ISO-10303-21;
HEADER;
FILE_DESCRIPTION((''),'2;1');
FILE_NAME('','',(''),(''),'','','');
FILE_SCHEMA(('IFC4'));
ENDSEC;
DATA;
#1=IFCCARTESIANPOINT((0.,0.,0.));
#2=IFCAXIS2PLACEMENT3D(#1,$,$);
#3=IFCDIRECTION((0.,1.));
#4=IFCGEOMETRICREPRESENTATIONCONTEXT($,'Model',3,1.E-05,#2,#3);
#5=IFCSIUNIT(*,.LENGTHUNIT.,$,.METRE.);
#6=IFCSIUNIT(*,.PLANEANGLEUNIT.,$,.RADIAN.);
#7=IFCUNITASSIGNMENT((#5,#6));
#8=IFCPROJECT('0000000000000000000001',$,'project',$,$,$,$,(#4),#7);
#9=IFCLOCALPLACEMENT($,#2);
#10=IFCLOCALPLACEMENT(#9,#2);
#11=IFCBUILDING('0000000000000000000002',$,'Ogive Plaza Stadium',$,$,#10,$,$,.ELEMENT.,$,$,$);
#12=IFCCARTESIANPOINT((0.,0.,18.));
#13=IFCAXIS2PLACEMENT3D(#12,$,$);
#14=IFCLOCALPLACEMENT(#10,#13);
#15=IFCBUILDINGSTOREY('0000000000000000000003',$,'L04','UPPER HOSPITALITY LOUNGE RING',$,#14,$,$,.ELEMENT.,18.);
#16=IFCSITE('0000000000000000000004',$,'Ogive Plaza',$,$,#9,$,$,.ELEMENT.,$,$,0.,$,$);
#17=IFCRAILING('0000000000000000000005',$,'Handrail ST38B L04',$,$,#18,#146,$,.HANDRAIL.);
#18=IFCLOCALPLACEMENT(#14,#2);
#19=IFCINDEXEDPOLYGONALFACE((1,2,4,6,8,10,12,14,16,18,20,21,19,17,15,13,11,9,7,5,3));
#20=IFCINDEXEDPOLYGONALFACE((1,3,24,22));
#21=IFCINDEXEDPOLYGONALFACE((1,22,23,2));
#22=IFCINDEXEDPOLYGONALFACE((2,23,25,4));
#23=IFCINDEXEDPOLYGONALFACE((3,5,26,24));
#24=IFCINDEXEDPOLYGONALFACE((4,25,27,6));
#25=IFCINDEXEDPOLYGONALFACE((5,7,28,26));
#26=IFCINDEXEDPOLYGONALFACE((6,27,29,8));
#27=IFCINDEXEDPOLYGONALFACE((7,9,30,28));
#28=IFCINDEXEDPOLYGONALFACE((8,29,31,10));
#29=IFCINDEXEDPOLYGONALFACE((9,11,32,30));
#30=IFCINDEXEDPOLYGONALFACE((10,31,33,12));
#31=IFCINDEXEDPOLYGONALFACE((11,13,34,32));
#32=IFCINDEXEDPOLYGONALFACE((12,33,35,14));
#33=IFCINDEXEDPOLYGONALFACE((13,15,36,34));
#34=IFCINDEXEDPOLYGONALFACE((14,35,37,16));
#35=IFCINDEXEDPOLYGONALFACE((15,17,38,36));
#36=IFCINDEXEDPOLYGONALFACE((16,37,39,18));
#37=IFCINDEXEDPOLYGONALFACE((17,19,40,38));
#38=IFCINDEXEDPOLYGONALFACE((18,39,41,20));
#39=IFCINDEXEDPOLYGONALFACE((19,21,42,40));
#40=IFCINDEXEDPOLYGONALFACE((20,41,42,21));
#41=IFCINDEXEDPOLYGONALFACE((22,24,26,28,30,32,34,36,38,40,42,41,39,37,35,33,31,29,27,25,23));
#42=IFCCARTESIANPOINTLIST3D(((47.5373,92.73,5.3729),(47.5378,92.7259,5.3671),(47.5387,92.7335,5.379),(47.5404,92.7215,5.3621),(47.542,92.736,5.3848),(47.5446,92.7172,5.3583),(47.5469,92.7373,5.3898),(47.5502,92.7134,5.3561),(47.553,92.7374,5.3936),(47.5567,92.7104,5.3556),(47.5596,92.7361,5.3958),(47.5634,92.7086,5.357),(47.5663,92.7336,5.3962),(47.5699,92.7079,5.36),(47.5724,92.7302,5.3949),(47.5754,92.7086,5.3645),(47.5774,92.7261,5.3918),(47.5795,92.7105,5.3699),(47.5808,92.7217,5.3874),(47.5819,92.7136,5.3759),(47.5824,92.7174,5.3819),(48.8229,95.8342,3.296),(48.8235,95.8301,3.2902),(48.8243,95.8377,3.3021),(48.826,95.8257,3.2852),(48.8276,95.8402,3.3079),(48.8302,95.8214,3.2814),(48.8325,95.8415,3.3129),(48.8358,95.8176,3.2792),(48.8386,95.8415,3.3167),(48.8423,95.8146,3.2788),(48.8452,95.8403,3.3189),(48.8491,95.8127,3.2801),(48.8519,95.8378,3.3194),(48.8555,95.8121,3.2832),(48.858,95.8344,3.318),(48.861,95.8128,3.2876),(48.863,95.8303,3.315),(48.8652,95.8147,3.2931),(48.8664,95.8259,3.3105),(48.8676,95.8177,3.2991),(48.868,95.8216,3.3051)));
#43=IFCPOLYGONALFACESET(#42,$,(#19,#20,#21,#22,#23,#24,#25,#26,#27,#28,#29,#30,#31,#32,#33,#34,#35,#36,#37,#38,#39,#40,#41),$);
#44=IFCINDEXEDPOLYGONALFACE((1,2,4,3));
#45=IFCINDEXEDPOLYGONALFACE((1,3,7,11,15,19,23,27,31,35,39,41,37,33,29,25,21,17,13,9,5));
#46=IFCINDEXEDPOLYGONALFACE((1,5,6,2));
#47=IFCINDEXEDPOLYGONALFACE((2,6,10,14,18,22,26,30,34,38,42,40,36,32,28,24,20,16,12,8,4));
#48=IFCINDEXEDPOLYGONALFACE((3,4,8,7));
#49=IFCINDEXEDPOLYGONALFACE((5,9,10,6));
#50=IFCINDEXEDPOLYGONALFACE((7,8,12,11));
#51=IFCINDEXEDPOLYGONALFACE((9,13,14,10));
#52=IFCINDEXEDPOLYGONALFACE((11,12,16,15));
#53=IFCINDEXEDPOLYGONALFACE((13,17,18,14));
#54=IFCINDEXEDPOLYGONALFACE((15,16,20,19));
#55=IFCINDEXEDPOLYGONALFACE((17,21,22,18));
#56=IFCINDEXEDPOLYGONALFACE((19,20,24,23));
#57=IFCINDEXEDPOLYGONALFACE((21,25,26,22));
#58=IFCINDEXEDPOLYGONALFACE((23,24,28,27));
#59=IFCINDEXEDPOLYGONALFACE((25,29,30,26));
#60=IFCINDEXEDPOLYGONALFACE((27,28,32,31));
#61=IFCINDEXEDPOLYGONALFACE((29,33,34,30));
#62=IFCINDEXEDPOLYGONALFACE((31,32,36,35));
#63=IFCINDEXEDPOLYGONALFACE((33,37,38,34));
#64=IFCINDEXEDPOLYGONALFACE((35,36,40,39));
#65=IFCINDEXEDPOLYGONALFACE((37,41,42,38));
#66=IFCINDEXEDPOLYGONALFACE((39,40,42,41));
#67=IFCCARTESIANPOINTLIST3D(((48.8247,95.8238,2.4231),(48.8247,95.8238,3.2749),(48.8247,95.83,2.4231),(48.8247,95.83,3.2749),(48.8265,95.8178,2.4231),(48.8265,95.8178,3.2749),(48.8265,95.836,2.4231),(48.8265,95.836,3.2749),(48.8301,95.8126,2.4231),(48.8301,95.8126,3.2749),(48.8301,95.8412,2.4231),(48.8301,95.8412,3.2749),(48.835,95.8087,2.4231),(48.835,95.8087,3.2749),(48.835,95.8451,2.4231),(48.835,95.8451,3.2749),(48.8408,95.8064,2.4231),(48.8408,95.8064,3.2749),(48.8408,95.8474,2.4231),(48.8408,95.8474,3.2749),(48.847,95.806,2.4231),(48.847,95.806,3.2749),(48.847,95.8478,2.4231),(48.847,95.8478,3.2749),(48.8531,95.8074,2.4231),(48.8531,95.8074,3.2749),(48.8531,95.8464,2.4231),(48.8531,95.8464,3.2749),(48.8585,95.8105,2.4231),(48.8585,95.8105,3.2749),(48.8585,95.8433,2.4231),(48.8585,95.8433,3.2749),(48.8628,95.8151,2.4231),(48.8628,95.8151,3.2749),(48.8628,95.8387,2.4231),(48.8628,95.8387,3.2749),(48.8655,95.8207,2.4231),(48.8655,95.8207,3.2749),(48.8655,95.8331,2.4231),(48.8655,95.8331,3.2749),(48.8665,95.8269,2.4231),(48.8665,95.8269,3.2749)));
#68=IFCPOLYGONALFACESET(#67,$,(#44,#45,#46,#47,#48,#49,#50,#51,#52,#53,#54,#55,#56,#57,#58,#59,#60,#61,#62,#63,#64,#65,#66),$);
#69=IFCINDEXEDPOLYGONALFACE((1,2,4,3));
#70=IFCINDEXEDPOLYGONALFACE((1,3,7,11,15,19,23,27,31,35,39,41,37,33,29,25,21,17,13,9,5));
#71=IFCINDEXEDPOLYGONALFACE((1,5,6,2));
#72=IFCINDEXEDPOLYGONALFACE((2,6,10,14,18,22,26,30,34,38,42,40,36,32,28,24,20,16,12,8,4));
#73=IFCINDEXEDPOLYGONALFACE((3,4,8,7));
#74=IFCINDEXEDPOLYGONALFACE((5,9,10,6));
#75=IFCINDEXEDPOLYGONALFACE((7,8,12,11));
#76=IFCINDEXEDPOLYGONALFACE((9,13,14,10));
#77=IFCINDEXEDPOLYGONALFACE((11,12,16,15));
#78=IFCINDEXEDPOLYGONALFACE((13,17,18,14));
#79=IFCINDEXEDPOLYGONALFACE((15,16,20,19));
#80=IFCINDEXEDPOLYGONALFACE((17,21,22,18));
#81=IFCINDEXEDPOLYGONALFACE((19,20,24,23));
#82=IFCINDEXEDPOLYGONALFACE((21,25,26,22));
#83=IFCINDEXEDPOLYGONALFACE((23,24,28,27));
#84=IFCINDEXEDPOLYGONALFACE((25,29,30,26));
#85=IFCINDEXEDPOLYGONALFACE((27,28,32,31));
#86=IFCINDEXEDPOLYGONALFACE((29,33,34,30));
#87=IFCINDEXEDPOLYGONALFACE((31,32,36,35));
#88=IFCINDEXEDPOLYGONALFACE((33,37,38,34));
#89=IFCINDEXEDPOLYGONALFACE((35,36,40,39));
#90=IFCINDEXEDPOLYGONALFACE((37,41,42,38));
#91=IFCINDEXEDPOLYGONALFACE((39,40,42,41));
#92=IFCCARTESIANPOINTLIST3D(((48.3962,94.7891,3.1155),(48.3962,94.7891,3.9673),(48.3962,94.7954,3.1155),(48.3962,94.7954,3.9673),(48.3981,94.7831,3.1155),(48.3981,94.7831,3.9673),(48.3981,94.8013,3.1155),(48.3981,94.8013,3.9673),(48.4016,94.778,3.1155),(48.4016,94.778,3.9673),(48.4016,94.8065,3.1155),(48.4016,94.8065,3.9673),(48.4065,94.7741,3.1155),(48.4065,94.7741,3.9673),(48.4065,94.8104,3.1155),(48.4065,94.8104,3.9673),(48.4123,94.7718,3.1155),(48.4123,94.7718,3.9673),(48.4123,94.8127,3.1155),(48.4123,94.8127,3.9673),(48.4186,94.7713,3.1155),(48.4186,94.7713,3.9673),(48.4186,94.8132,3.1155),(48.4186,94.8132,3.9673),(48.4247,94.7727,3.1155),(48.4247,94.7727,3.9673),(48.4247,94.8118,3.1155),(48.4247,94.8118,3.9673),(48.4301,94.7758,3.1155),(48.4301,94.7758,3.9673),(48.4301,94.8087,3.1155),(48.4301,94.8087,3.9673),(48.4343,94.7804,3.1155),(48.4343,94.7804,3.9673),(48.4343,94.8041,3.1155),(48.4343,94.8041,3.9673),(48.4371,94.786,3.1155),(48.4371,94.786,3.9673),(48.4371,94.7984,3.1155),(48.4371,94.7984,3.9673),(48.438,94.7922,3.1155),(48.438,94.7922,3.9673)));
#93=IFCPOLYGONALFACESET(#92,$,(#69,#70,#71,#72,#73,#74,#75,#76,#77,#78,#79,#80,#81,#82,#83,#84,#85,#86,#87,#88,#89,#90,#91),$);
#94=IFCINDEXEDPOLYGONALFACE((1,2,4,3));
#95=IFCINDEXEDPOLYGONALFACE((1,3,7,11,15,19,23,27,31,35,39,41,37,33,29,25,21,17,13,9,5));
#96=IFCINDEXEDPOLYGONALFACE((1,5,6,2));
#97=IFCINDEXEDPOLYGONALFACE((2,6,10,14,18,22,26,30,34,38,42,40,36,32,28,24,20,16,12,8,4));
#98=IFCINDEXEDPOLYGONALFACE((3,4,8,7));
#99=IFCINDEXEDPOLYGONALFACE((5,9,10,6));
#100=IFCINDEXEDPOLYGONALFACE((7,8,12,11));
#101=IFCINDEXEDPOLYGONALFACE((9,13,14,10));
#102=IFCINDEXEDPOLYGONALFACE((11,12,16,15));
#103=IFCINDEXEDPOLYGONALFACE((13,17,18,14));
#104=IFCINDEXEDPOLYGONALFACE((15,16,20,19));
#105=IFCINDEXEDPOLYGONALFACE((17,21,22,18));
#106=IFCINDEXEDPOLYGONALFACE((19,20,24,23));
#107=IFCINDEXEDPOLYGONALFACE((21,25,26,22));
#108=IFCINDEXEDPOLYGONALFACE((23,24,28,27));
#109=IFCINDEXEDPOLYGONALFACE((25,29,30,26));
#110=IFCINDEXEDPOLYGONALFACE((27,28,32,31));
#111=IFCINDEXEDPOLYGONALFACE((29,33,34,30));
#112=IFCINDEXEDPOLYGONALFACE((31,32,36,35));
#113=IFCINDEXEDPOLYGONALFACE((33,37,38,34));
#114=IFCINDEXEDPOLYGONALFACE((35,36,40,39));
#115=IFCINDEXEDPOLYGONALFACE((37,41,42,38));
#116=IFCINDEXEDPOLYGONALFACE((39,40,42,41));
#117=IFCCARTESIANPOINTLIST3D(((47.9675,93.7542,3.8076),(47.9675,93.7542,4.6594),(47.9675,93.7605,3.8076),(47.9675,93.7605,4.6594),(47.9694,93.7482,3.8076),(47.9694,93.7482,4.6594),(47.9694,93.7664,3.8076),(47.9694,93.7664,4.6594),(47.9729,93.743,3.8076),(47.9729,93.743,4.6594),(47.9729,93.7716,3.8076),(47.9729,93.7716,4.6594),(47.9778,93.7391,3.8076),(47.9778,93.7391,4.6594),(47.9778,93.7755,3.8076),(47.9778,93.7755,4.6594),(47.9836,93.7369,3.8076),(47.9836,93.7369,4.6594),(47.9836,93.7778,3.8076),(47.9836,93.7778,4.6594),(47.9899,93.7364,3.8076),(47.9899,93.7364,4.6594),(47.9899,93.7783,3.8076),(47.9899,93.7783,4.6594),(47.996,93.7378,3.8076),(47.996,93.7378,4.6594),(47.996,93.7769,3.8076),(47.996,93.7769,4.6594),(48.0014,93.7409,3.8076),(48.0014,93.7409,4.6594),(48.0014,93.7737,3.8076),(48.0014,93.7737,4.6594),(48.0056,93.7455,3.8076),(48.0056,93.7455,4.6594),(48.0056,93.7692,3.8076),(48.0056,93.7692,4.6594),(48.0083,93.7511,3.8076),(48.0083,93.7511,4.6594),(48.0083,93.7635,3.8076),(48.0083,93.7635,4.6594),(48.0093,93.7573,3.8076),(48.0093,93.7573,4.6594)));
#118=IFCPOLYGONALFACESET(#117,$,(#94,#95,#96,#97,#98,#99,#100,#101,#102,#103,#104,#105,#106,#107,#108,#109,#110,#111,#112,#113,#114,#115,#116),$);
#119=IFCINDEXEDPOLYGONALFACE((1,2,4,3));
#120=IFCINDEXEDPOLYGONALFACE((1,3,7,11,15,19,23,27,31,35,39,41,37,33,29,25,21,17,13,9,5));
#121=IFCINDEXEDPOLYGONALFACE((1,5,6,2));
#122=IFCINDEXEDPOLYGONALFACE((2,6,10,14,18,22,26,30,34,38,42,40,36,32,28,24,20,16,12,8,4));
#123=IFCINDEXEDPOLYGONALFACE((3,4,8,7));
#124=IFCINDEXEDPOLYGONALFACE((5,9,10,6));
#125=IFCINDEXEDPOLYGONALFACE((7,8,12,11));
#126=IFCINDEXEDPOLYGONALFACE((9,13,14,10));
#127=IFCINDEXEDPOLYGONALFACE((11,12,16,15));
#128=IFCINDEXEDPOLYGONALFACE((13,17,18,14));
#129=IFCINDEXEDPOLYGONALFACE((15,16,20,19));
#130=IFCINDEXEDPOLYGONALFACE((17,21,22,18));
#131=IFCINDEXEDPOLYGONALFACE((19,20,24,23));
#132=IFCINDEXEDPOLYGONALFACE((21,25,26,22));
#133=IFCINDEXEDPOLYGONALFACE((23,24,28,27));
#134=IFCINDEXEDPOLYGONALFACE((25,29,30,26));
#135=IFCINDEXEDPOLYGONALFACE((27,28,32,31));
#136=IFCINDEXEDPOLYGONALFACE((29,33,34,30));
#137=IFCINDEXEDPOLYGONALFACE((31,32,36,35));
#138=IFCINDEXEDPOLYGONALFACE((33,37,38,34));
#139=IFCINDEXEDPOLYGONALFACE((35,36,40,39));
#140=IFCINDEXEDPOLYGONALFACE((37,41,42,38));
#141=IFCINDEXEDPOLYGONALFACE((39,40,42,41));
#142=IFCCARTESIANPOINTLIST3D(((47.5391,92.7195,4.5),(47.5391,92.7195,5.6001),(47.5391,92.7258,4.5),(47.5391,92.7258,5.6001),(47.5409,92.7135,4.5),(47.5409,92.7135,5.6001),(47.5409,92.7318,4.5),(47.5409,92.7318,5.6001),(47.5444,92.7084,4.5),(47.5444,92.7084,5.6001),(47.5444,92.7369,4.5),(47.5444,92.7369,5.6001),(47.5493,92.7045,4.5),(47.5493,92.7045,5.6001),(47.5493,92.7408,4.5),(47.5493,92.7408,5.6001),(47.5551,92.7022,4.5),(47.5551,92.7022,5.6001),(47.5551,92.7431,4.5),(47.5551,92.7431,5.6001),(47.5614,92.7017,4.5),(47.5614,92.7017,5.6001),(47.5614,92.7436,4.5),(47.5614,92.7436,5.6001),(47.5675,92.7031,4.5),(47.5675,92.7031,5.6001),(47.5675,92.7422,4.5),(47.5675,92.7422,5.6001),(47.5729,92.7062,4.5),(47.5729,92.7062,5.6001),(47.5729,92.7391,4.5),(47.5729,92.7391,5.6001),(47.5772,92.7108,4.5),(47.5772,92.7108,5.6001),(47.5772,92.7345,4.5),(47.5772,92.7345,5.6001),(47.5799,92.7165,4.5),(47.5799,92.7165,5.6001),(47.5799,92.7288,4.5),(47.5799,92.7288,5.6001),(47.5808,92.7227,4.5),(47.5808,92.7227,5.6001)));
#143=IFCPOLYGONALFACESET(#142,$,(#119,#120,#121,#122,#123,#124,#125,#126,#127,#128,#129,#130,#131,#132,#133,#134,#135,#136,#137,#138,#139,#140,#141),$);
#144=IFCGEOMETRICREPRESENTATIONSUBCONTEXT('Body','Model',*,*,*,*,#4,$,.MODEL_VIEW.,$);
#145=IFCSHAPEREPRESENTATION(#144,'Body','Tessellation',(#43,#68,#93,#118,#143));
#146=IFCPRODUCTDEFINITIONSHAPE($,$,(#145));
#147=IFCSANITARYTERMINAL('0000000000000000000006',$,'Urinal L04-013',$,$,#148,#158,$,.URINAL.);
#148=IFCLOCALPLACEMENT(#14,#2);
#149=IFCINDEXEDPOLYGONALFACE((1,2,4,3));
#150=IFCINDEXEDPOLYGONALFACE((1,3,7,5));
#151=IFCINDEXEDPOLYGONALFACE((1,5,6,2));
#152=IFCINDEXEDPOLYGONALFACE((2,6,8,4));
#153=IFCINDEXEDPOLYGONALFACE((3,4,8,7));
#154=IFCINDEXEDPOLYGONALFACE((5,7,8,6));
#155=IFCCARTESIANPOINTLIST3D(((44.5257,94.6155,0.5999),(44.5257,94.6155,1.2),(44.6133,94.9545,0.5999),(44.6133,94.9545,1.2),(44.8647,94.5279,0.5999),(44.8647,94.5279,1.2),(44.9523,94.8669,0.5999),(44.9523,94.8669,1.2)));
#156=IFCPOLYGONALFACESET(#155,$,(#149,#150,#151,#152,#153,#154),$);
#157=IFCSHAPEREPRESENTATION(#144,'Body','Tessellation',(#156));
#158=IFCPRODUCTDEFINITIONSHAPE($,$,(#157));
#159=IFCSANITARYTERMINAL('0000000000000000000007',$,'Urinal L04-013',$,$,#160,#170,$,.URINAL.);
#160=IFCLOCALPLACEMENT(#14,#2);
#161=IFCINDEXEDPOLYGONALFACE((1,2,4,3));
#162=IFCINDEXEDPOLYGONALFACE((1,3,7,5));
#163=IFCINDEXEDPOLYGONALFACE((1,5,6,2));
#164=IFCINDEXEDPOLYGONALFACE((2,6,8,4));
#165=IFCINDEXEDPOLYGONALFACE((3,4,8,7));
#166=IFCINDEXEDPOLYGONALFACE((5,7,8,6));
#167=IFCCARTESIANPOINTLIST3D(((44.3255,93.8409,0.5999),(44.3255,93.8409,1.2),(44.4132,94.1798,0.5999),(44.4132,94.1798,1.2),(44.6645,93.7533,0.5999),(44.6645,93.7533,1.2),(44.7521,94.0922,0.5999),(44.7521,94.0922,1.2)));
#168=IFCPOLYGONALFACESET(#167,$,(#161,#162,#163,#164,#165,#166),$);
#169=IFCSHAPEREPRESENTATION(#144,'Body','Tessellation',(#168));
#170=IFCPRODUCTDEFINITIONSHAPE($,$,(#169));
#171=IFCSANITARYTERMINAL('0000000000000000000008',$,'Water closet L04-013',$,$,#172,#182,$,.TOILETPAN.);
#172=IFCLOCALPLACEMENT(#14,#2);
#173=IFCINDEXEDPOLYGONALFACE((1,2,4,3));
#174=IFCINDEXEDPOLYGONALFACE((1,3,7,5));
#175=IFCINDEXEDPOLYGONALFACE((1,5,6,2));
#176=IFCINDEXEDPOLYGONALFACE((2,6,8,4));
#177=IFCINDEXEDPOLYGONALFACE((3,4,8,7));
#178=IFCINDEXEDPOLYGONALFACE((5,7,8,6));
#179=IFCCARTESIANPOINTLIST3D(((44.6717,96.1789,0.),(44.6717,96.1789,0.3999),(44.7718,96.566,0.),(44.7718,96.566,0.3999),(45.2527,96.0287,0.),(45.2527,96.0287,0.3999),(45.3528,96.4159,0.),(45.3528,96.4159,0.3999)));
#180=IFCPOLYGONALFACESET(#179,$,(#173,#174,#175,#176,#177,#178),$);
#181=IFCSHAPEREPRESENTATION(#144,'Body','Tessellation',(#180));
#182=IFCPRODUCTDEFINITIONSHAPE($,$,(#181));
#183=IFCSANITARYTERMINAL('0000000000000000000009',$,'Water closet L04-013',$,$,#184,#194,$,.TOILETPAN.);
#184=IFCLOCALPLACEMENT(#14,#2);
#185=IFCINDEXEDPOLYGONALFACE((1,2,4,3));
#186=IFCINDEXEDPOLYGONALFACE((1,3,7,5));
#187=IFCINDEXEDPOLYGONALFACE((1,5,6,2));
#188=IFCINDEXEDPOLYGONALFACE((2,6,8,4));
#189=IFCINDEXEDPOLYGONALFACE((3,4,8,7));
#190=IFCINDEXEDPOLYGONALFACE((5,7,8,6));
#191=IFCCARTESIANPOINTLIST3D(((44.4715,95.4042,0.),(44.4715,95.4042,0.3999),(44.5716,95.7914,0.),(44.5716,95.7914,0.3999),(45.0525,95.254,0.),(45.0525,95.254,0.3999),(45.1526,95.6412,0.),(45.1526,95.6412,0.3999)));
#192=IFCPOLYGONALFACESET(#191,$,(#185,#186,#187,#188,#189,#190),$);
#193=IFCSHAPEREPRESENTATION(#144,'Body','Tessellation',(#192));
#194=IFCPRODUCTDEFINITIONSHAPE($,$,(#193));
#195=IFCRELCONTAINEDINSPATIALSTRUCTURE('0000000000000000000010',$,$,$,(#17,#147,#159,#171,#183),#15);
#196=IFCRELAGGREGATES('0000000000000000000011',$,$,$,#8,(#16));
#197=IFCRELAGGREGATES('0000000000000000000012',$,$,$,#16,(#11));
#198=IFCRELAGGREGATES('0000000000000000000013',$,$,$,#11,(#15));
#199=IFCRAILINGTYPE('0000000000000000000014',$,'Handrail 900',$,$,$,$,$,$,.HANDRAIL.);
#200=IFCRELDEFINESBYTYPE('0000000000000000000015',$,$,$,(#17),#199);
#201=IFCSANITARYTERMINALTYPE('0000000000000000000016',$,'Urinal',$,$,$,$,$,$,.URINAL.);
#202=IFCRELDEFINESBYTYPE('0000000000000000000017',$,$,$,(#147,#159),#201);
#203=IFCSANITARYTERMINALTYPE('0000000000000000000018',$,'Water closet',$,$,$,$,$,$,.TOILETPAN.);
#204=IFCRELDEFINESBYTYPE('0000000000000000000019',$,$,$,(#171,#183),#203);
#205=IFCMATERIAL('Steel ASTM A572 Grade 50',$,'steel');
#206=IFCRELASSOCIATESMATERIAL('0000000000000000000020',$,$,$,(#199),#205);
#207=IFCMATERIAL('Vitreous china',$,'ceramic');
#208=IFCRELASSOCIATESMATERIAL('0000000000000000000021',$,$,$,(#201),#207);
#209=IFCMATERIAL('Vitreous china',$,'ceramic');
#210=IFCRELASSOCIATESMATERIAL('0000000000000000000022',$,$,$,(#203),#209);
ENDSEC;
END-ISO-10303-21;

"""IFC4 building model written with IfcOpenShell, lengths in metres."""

from ifc_helpers import new_model, si_unit, direction, frame, origin, origin_2d, place, context, subcontext, project, spatial, rectangle, circle, extrude, material, type_object, element, save


model = new_model("IFC4")

# Units and contexts
model_context = context("Model", 3, precision=1e-05, world=origin(), true_north=direction((0.0, 1.0)))
body_context = subcontext(model_context, "Body", "Model", "MODEL_VIEW")
ifc_project = project(units=[si_unit("LENGTHUNIT", "METRE"), si_unit("PLANEANGLEUNIT", "RADIAN")], contexts=[model_context])

# Site, building, storey
site_placement = place(None, origin())
site = spatial("IfcSite", under=ifc_project, at=site_placement, Name="Ogive Plaza", CompositionType="ELEMENT", RefElevation=0.0)
building_placement = place(site_placement, origin())
building = spatial("IfcBuilding", under=site, at=building_placement, Name="Ogive Plaza Stadium", CompositionType="ELEMENT")
storey_placement = place(building_placement, frame((0.0, 0.0, 18.0)))
storey = spatial("IfcBuildingStorey", under=building, at=storey_placement, Name="L04", Description="UPPER HOSPITALITY LOUNGE RING", CompositionType="ELEMENT", Elevation=18.0)

# Railing
ifc_material_1 = material(Name="Steel ASTM A572 Grade 50", Category="steel")
railing_type_1 = type_object("IfcRailingType", Name="Handrail 900", PredefinedType="HANDRAIL", material=ifc_material_1)
railing_1_placement = place(storey_placement, frame((48.8455, 95.8269, 2.4231)))
element("IfcRailing", 1, at=railing_1_placement, inside=storey, type_object=railing_type_1, Name="Handrail ST38B L04", PredefinedType="HANDRAIL", context=body_context, shape_type="SweptSolid", body=[
    extrude(circle(Radius=0.0239, at=origin_2d()), frame((0.0, 0.0, 0.876), z_axis=(-0.325477, -0.785879, 0.525794), x_axis=(0.923898, -0.382638, 0.0)), (0.0, 0.0, 1.0), 3.95),
    extrude(circle(Radius=0.021, at=origin_2d()), origin(), (0.0, 0.0, 1.0), 0.8518),
    extrude(circle(Radius=0.021, at=origin_2d()), frame((-0.4285, -1.0347, 0.6924)), (0.0, 0.0, 1.0), 0.8518),
    extrude(circle(Radius=0.021, at=origin_2d()), frame((-0.8572, -2.0696, 1.3845)), (0.0, 0.0, 1.0), 0.8518),
    extrude(circle(Radius=0.021, at=origin_2d()), frame((-1.2856, -3.1042, 2.0769)), (0.0, 0.0, 1.0), 1.1001),
])

# Sanitary terminals
ifc_material_2 = material(Name="Vitreous china", Category="ceramic")
sanitary_terminal_type_1 = type_object("IfcSanitaryTerminalType", Name="Urinal", PredefinedType="URINAL", material=ifc_material_2)
for number, where, z_axis, x_axis, name in (
    (2, (44.739, 94.7412, 0.5999), (0.0, 0.0, 1.0), (-0.250284, -0.968173, 0.0), "Urinal L04-013"),
    (3, (44.5388, 93.9666, 0.5999), (0.0, 0.0, 1.0), (-0.250284, -0.968173, 0.0), "Urinal L04-013"),
):
    element("IfcSanitaryTerminal", number, at=place(storey_placement, frame(where, z_axis=z_axis, x_axis=x_axis)), inside=storey, type_object=sanitary_terminal_type_1, Name=name, PredefinedType="URINAL", context=body_context, shape_type="SweptSolid", body=[
        extrude(rectangle(XDim=0.3501, YDim=0.3501, at=origin_2d()), origin(), (0.0, 0.0, 1.0), 0.6001),
    ])
ifc_material_3 = material(Name="Vitreous china", Category="ceramic")
sanitary_terminal_type_2 = type_object("IfcSanitaryTerminalType", Name="Water closet", PredefinedType="TOILETPAN", material=ifc_material_3)
for number, where, z_axis, x_axis, name in (
    (4, (45.0122, 96.2974, 0.0), (0.0, 0.0, 1.0), (-0.250284, -0.968173, 0.0), "Water closet L04-013"),
    (5, (44.812, 95.5227, 0.0), (0.0, 0.0, 1.0), (-0.250284, -0.968173, 0.0), "Water closet L04-013"),
):
    element("IfcSanitaryTerminal", number, at=place(storey_placement, frame(where, z_axis=z_axis, x_axis=x_axis)), inside=storey, type_object=sanitary_terminal_type_2, Name=name, PredefinedType="TOILETPAN", context=body_context, shape_type="SweptSolid", body=[
        extrude(rectangle(XDim=0.3999, YDim=0.6001, at=origin_2d()), origin(), (0.0, 0.0, 1.0), 0.3999),
    ])

save(model, "model.ifc")
